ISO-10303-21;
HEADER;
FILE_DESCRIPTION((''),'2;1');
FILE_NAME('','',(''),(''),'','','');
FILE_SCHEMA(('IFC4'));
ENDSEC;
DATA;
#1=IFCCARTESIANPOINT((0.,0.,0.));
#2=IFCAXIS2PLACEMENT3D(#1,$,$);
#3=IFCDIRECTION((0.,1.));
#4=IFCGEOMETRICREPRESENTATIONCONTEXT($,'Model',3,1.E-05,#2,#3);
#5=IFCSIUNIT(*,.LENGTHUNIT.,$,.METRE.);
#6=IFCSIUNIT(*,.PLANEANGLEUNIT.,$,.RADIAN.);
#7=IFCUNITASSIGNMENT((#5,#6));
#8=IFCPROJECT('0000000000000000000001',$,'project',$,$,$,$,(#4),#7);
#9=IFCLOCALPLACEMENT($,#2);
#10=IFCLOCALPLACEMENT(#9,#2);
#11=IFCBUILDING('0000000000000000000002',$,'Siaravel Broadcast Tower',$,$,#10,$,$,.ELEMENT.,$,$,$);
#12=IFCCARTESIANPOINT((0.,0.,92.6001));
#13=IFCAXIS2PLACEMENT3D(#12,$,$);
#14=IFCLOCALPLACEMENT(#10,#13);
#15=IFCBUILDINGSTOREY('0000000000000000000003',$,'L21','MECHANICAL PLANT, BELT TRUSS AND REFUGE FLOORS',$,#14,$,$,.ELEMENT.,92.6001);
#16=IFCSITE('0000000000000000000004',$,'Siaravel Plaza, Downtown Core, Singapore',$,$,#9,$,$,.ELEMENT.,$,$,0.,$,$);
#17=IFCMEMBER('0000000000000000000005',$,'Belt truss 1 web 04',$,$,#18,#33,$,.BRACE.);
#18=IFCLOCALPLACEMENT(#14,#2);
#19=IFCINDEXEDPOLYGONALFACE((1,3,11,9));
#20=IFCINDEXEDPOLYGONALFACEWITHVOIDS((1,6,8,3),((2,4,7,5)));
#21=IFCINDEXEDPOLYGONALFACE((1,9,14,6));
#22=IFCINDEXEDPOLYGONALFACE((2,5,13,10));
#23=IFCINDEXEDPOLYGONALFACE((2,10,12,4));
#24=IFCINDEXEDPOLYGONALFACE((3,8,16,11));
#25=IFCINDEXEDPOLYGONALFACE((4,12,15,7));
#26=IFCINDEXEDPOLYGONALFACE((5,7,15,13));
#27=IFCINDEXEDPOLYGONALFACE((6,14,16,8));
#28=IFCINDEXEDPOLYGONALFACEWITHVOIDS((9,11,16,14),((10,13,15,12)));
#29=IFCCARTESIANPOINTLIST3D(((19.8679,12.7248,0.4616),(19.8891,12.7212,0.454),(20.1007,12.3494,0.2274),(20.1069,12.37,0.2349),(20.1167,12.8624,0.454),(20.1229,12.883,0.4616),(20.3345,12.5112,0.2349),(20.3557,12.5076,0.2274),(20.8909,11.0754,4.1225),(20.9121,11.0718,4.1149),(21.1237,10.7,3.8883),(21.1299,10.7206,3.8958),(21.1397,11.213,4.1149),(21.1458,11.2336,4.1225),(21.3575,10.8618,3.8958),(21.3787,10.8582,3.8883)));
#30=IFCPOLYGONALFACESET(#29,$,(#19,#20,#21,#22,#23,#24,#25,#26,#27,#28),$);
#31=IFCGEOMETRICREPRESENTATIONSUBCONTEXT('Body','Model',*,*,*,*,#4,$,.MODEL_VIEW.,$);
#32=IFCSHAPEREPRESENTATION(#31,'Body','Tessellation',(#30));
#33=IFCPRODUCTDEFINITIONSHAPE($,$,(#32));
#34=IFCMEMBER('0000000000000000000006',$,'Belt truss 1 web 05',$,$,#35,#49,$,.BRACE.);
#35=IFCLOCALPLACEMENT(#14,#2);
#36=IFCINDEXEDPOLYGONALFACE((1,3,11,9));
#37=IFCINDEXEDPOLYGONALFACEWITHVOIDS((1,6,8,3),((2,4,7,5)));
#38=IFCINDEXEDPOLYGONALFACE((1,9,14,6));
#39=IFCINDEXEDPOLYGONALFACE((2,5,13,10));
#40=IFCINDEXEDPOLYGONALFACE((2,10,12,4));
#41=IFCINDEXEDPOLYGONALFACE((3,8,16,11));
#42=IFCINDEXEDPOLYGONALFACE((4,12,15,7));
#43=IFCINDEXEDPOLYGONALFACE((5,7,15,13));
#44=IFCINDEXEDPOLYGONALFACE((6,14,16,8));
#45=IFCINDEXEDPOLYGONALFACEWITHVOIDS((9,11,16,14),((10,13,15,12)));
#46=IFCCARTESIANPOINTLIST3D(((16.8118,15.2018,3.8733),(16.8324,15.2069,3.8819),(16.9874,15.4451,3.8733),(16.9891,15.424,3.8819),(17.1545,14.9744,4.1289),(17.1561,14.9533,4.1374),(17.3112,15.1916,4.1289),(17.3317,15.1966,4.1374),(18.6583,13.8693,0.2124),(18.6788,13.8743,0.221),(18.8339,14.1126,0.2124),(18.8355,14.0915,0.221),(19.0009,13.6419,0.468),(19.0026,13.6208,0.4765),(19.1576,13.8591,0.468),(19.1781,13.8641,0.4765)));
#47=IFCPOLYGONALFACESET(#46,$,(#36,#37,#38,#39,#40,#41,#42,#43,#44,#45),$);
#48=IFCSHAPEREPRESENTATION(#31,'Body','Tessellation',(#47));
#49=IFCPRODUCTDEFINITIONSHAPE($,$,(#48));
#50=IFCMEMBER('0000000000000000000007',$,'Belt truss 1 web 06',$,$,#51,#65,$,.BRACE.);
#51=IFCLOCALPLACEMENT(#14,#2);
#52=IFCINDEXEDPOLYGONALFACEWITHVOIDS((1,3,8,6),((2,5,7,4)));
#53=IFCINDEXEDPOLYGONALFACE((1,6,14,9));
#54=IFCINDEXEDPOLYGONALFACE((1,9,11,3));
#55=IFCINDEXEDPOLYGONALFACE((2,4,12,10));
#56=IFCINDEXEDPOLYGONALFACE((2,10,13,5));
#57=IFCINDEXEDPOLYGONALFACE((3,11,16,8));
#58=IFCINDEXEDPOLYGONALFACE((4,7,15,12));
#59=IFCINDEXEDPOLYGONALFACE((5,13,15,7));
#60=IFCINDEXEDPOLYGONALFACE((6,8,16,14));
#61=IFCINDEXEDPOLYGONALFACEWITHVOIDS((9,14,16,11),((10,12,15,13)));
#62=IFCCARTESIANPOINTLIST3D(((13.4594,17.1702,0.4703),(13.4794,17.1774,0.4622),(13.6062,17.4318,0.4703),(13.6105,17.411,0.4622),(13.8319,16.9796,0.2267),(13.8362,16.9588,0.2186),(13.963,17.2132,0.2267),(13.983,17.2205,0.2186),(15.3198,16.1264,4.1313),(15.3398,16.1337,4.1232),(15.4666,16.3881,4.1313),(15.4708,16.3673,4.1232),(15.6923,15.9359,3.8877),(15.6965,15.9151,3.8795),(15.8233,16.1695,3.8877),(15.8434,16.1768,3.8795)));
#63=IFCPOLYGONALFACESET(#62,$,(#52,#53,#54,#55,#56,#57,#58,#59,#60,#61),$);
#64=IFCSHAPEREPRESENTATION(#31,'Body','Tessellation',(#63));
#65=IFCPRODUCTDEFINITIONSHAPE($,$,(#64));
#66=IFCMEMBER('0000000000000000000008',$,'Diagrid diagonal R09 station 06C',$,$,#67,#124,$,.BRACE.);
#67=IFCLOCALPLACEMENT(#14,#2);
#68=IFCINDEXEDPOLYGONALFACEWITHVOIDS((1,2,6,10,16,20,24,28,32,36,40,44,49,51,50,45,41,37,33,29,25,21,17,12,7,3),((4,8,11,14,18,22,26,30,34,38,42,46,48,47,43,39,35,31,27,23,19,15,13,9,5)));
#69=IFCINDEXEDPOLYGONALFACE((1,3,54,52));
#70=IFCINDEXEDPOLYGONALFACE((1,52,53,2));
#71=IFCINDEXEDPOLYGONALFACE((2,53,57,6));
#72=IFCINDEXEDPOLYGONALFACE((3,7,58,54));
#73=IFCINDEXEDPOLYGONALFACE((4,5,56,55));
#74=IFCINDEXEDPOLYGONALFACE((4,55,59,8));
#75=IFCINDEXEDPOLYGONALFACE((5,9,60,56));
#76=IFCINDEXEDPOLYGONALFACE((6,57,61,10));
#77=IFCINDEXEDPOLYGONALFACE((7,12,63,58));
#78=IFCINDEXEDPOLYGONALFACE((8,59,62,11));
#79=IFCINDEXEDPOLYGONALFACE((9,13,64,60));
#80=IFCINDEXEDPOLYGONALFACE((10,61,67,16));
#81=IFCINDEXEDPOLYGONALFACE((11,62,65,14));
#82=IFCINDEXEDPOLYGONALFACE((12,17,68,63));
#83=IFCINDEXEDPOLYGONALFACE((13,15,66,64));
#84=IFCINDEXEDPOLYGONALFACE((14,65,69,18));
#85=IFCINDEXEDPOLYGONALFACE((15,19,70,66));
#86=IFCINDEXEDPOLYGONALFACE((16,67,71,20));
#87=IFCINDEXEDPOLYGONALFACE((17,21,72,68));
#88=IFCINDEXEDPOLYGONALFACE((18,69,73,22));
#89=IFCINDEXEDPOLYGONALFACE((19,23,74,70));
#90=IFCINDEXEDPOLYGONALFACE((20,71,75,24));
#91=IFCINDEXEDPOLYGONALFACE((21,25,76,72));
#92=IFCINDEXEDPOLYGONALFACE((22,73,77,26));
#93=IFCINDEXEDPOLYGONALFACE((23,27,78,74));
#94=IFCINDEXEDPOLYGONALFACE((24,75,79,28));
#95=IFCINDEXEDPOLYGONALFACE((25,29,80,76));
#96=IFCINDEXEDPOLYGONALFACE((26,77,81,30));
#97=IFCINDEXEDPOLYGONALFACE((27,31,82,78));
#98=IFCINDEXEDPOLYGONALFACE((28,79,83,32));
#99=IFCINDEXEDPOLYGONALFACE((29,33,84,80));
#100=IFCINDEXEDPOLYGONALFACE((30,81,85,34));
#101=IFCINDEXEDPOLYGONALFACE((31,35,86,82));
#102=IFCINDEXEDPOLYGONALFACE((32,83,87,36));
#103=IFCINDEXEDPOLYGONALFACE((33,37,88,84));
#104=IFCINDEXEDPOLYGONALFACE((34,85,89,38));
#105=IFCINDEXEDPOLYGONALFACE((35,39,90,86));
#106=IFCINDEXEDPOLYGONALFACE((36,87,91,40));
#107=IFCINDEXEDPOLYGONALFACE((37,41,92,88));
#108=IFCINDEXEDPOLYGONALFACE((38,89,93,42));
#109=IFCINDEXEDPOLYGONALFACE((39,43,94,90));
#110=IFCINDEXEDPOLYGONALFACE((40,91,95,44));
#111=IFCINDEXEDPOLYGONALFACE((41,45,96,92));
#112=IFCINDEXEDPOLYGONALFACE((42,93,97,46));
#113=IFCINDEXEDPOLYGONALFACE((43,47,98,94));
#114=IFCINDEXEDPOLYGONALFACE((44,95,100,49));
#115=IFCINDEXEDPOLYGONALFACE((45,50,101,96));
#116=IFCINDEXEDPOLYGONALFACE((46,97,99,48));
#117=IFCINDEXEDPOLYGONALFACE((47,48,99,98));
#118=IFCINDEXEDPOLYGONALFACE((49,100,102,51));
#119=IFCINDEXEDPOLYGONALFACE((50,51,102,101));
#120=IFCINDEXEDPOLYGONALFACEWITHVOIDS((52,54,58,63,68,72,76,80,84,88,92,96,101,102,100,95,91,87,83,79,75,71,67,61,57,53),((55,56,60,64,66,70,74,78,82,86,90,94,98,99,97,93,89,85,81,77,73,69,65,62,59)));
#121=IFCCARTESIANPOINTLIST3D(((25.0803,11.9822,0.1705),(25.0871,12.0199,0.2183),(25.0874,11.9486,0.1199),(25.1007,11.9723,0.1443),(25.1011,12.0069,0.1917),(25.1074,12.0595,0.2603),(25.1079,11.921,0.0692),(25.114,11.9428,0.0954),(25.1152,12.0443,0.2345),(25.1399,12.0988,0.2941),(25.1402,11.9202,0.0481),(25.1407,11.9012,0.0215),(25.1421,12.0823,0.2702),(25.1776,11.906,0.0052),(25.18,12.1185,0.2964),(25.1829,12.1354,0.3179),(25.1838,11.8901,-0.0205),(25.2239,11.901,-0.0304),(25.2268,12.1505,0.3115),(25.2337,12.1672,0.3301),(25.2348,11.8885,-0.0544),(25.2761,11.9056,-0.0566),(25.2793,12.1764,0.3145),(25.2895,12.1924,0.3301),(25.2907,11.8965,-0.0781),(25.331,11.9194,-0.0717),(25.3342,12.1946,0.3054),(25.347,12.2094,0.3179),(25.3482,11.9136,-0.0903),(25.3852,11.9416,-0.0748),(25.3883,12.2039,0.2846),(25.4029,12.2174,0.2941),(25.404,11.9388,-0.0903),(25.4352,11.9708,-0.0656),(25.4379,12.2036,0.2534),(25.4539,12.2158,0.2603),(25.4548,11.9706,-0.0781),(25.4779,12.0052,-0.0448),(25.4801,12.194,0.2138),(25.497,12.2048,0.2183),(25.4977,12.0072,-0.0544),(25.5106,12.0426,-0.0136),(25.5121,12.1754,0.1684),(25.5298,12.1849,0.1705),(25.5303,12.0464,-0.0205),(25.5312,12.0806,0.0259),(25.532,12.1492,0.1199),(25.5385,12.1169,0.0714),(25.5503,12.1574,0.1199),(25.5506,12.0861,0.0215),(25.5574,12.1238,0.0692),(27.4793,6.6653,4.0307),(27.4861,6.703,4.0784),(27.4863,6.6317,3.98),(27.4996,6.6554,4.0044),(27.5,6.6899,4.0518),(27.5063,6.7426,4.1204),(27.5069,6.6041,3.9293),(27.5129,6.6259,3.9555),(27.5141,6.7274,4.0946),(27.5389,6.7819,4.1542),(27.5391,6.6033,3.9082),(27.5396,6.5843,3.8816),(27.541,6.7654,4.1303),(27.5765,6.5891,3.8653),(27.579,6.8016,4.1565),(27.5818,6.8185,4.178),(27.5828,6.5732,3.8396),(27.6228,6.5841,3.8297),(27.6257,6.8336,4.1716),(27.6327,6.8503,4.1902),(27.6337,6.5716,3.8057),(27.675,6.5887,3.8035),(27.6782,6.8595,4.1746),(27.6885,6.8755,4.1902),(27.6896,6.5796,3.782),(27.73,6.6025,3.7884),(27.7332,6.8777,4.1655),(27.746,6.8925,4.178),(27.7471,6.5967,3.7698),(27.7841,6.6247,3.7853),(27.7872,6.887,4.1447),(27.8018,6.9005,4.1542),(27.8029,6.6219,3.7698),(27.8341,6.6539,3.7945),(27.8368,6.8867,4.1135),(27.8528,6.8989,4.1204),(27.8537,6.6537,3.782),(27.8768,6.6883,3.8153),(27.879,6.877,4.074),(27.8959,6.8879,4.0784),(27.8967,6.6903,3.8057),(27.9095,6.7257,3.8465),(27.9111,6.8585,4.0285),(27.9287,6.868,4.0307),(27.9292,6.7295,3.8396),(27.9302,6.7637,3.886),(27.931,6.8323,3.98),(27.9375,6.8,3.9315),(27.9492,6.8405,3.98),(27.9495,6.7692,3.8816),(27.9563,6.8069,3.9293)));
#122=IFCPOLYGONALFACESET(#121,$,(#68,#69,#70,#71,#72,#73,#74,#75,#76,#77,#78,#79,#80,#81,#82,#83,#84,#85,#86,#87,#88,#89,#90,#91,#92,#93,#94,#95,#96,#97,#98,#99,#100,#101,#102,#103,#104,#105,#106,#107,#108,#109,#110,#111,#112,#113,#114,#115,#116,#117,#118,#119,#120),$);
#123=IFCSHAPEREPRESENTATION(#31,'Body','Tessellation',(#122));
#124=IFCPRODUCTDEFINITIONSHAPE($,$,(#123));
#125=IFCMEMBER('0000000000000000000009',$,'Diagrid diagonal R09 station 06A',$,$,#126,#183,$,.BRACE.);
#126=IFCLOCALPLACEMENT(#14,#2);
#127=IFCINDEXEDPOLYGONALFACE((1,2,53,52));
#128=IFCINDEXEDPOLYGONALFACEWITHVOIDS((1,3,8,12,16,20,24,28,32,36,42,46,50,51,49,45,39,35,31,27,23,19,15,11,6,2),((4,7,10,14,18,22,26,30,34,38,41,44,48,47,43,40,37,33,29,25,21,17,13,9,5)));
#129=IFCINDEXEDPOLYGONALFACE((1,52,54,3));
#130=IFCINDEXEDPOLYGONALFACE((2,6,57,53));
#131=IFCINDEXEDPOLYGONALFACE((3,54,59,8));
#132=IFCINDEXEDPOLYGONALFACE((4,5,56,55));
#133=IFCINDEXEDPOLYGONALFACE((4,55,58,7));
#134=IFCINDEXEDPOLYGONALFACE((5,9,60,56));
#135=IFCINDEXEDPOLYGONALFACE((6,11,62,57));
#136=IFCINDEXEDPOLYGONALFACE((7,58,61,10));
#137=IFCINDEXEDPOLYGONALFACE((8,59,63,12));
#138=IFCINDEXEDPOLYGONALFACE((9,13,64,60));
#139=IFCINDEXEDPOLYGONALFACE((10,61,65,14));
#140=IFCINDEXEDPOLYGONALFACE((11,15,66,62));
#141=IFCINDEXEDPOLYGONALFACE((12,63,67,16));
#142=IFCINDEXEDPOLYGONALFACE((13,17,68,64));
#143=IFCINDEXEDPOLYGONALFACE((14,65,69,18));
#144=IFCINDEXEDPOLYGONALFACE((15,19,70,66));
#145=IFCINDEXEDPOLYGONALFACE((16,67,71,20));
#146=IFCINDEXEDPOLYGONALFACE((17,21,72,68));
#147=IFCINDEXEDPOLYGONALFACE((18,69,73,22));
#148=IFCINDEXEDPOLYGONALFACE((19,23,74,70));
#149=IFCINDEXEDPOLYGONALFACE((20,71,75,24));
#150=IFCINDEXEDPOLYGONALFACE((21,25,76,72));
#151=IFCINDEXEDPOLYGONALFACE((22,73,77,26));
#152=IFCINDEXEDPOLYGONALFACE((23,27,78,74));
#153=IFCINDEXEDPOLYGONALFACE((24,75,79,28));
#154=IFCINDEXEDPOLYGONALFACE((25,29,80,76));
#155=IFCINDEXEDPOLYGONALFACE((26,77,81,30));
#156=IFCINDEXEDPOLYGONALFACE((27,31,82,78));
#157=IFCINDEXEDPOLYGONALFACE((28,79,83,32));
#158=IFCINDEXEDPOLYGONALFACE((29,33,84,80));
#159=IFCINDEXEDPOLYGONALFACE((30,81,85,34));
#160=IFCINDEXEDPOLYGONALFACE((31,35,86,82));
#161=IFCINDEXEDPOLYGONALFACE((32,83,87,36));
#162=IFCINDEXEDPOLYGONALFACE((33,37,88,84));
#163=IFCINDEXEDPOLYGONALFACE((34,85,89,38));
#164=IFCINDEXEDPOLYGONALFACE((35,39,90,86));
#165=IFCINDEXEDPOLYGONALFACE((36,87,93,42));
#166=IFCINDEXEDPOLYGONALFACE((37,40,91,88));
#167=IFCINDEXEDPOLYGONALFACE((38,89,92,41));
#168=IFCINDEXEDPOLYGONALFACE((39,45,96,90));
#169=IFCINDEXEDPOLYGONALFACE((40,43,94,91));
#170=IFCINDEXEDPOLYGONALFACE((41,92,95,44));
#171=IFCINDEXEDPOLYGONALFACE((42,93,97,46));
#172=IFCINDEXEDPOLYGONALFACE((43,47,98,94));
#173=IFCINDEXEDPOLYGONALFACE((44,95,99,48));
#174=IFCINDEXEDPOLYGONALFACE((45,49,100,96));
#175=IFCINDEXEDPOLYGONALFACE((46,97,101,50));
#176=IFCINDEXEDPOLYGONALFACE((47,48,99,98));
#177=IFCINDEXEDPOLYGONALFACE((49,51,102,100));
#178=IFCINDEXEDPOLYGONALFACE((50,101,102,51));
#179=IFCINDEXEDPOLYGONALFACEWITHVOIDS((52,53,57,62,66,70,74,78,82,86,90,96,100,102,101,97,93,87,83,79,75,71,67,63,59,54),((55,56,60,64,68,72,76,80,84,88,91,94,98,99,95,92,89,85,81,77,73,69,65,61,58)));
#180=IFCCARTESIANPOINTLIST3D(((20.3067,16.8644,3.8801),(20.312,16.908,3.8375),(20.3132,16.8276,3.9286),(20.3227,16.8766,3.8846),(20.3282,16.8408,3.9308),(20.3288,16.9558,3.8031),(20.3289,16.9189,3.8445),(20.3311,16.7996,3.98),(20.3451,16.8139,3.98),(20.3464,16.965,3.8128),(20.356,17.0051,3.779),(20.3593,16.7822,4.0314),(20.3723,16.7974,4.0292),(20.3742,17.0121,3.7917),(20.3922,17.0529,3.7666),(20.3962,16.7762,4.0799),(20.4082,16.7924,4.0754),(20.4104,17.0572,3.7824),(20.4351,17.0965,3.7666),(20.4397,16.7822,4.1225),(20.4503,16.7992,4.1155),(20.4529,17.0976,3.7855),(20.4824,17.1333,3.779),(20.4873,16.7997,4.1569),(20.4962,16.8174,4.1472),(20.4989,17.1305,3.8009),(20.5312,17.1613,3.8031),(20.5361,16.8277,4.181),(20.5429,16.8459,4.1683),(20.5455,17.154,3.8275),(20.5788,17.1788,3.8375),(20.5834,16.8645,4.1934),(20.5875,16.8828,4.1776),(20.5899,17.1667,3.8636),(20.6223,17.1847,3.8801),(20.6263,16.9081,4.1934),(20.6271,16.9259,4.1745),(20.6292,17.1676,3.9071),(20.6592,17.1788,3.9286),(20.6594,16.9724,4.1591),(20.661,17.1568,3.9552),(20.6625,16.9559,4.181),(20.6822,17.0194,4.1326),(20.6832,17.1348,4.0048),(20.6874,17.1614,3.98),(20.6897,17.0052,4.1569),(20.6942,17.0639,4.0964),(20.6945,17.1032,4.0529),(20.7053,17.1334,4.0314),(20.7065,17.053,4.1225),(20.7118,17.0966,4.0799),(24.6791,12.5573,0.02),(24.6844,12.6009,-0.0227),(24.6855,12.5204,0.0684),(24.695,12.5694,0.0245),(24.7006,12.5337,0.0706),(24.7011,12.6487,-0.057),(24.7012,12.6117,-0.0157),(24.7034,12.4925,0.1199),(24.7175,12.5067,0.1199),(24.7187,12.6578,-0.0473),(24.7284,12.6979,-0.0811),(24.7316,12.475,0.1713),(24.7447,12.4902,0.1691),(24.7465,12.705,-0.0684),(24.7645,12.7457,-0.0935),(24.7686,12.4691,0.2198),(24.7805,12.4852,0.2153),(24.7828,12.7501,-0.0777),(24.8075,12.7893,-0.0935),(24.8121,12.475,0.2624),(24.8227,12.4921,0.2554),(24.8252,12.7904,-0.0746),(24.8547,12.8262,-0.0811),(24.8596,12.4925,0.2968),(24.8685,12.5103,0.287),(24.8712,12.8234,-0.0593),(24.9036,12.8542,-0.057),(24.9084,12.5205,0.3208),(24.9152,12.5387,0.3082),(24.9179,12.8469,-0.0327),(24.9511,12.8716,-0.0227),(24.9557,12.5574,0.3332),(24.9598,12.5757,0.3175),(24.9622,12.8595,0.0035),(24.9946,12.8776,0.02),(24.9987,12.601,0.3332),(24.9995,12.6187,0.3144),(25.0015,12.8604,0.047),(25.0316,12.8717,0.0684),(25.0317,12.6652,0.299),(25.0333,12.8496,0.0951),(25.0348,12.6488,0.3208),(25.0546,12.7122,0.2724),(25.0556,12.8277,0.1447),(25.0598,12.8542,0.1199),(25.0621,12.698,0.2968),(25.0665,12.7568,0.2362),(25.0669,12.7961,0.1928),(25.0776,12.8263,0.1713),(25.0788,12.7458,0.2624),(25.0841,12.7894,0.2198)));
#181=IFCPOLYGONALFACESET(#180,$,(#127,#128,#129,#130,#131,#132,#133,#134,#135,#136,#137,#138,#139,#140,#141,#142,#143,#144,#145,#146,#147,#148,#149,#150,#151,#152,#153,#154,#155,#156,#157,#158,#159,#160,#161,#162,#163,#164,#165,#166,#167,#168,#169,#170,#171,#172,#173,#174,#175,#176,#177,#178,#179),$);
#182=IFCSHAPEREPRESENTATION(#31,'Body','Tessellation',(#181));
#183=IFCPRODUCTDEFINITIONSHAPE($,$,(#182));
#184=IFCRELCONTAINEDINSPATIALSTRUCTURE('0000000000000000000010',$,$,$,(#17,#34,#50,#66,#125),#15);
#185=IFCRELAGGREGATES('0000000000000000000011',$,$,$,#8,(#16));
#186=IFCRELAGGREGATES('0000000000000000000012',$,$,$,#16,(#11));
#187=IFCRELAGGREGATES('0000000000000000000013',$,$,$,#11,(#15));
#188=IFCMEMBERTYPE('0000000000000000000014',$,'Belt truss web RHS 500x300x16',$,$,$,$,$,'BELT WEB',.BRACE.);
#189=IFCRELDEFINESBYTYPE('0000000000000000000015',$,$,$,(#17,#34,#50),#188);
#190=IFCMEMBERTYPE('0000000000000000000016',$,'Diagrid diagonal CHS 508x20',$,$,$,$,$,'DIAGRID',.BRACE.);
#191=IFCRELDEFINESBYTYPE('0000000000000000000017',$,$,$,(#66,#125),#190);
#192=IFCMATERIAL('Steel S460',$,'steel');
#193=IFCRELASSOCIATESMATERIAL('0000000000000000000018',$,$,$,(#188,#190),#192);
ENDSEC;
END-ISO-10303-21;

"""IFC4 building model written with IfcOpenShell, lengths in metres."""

from ifc_helpers import new_model, si_unit, direction, frame, origin, origin_2d, place, context, subcontext, project, spatial, hollow_rectangle, hollow_circle, extrude, material, material_profile, profile_set, type_object, element, save


model = new_model("IFC4")

# Units and contexts
model_context = context("Model", 3, precision=1e-05, world=origin(), true_north=direction((0.0, 1.0)))
body_context = subcontext(model_context, "Body", "Model", "MODEL_VIEW")
ifc_project = project(units=[si_unit("LENGTHUNIT", "METRE"), si_unit("PLANEANGLEUNIT", "RADIAN")], contexts=[model_context])

# Site, building, storey
site_placement = place(None, origin())
site = spatial("IfcSite", under=ifc_project, at=site_placement, Name="Siaravel Plaza, Downtown Core, Singapore", CompositionType="ELEMENT", RefElevation=0.0)
building_placement = place(site_placement, origin())
building = spatial("IfcBuilding", under=site, at=building_placement, Name="Siaravel Broadcast Tower", CompositionType="ELEMENT")
storey_placement = place(building_placement, frame((0.0, 0.0, 92.6001)))
storey = spatial("IfcBuildingStorey", under=building, at=storey_placement, Name="L21", Description="MECHANICAL PLANT, BELT TRUSS AND REFUGE FLOORS", CompositionType="ELEMENT", Elevation=92.6001)

# Shared definitions
ifc_material_1 = material(Name="Steel S460", Category="steel")

# Members
ifc_material_profile_1 = material_profile(ifc_material_1, hollow_rectangle(XDim=0.3, YDim=0.5, WallThickness=0.0161, at=origin_2d()))
ifc_profile_set_1 = profile_set([ifc_material_profile_1], Name="Steel S460")
member_type_1 = type_object("IfcMemberType", Name="Belt truss web RHS 500x300x16", ElementType="BELT WEB", PredefinedType="BRACE", material=ifc_profile_set_1)
member_1_placement = place(storey_placement, frame((20.1118, 12.6162, 0.3445), z_axis=(0.246877, -0.398067, 0.883513), x_axis=(0.849831, 0.527056, 0.0)))
element("IfcMember", 1, at=member_1_placement, inside=storey, type_object=member_type_1, Name="Belt truss 1 web 04", PredefinedType="BRACE", context=body_context, shape_type="SweptSolid", body=[
    extrude(hollow_rectangle(XDim=0.3, YDim=0.5, WallThickness=0.0161, at=origin_2d()), origin(), (0.0, 0.0, 1.0), 4.1436),
])
member_2_placement = place(storey_placement, frame((18.9182, 13.8667, 0.3445), z_axis=(-0.428281, 0.309078, 0.849144), x_axis=(-0.585197, -0.810891, 0.0)))
element("IfcMember", 2, at=member_2_placement, inside=storey, type_object=member_type_1, Name="Belt truss 1 web 05", PredefinedType="BRACE", context=body_context, shape_type="SweptSolid", body=[
    extrude(hollow_rectangle(XDim=0.3, YDim=0.5, WallThickness=0.0161, at=origin_2d()), origin(), (0.0, 0.0, 1.0), 4.3113),
])
member_3_placement = place(storey_placement, frame((13.7212, 17.1953, 0.3445), z_axis=(0.439071, -0.246329, 0.864025), x_axis=(0.489283, 0.872125, 0.0)))
element("IfcMember", 3, at=member_3_placement, inside=storey, type_object=member_type_1, Name="Belt truss 1 web 06", PredefinedType="BRACE", context=body_context, shape_type="SweptSolid", body=[
    extrude(hollow_rectangle(XDim=0.3, YDim=0.5, WallThickness=0.0161, at=origin_2d()), origin(), (0.0, 0.0, 1.0), 4.2371),
])
ifc_material_profile_2 = material_profile(ifc_material_1, hollow_circle(Radius=0.2539, WallThickness=0.02, at=origin_2d()))
ifc_profile_set_2 = profile_set([ifc_material_profile_2], Name="Steel S460")
member_type_2 = type_object("IfcMemberType", Name="Diagrid diagonal CHS 508x20", ElementType="DIAGRID", PredefinedType="BRACE", material=ifc_profile_set_2)
member_4_placement = place(storey_placement, frame((25.3188, 12.053, 0.1199), z_axis=(0.342968, -0.760141, 0.551868), x_axis=(0.911515, 0.411266, 0.0)))
element("IfcMember", 4, at=member_4_placement, inside=storey, type_object=member_type_2, Name="Diagrid diagonal R09 station 06C", PredefinedType="BRACE", context=body_context, shape_type="SweptSolid", body=[
    extrude(hollow_circle(Radius=0.2539, WallThickness=0.02, at=origin_2d()), origin(), (0.0, 0.0, 1.0), 6.9946),
])
member_5_placement = place(storey_placement, frame((24.8816, 12.6733, 0.1199), z_axis=(-0.603041, 0.59405, 0.532396), x_axis=(-0.701776, -0.712397, 0.0)))
element("IfcMember", 5, at=member_5_placement, inside=storey, type_object=member_type_2, Name="Diagrid diagonal R09 station 06A", PredefinedType="BRACE", context=body_context, shape_type="SweptSolid", body=[
    extrude(hollow_circle(Radius=0.2539, WallThickness=0.02, at=origin_2d()), origin(), (0.0, 0.0, 1.0), 7.2505),
])

save(model, "model.ifc")
